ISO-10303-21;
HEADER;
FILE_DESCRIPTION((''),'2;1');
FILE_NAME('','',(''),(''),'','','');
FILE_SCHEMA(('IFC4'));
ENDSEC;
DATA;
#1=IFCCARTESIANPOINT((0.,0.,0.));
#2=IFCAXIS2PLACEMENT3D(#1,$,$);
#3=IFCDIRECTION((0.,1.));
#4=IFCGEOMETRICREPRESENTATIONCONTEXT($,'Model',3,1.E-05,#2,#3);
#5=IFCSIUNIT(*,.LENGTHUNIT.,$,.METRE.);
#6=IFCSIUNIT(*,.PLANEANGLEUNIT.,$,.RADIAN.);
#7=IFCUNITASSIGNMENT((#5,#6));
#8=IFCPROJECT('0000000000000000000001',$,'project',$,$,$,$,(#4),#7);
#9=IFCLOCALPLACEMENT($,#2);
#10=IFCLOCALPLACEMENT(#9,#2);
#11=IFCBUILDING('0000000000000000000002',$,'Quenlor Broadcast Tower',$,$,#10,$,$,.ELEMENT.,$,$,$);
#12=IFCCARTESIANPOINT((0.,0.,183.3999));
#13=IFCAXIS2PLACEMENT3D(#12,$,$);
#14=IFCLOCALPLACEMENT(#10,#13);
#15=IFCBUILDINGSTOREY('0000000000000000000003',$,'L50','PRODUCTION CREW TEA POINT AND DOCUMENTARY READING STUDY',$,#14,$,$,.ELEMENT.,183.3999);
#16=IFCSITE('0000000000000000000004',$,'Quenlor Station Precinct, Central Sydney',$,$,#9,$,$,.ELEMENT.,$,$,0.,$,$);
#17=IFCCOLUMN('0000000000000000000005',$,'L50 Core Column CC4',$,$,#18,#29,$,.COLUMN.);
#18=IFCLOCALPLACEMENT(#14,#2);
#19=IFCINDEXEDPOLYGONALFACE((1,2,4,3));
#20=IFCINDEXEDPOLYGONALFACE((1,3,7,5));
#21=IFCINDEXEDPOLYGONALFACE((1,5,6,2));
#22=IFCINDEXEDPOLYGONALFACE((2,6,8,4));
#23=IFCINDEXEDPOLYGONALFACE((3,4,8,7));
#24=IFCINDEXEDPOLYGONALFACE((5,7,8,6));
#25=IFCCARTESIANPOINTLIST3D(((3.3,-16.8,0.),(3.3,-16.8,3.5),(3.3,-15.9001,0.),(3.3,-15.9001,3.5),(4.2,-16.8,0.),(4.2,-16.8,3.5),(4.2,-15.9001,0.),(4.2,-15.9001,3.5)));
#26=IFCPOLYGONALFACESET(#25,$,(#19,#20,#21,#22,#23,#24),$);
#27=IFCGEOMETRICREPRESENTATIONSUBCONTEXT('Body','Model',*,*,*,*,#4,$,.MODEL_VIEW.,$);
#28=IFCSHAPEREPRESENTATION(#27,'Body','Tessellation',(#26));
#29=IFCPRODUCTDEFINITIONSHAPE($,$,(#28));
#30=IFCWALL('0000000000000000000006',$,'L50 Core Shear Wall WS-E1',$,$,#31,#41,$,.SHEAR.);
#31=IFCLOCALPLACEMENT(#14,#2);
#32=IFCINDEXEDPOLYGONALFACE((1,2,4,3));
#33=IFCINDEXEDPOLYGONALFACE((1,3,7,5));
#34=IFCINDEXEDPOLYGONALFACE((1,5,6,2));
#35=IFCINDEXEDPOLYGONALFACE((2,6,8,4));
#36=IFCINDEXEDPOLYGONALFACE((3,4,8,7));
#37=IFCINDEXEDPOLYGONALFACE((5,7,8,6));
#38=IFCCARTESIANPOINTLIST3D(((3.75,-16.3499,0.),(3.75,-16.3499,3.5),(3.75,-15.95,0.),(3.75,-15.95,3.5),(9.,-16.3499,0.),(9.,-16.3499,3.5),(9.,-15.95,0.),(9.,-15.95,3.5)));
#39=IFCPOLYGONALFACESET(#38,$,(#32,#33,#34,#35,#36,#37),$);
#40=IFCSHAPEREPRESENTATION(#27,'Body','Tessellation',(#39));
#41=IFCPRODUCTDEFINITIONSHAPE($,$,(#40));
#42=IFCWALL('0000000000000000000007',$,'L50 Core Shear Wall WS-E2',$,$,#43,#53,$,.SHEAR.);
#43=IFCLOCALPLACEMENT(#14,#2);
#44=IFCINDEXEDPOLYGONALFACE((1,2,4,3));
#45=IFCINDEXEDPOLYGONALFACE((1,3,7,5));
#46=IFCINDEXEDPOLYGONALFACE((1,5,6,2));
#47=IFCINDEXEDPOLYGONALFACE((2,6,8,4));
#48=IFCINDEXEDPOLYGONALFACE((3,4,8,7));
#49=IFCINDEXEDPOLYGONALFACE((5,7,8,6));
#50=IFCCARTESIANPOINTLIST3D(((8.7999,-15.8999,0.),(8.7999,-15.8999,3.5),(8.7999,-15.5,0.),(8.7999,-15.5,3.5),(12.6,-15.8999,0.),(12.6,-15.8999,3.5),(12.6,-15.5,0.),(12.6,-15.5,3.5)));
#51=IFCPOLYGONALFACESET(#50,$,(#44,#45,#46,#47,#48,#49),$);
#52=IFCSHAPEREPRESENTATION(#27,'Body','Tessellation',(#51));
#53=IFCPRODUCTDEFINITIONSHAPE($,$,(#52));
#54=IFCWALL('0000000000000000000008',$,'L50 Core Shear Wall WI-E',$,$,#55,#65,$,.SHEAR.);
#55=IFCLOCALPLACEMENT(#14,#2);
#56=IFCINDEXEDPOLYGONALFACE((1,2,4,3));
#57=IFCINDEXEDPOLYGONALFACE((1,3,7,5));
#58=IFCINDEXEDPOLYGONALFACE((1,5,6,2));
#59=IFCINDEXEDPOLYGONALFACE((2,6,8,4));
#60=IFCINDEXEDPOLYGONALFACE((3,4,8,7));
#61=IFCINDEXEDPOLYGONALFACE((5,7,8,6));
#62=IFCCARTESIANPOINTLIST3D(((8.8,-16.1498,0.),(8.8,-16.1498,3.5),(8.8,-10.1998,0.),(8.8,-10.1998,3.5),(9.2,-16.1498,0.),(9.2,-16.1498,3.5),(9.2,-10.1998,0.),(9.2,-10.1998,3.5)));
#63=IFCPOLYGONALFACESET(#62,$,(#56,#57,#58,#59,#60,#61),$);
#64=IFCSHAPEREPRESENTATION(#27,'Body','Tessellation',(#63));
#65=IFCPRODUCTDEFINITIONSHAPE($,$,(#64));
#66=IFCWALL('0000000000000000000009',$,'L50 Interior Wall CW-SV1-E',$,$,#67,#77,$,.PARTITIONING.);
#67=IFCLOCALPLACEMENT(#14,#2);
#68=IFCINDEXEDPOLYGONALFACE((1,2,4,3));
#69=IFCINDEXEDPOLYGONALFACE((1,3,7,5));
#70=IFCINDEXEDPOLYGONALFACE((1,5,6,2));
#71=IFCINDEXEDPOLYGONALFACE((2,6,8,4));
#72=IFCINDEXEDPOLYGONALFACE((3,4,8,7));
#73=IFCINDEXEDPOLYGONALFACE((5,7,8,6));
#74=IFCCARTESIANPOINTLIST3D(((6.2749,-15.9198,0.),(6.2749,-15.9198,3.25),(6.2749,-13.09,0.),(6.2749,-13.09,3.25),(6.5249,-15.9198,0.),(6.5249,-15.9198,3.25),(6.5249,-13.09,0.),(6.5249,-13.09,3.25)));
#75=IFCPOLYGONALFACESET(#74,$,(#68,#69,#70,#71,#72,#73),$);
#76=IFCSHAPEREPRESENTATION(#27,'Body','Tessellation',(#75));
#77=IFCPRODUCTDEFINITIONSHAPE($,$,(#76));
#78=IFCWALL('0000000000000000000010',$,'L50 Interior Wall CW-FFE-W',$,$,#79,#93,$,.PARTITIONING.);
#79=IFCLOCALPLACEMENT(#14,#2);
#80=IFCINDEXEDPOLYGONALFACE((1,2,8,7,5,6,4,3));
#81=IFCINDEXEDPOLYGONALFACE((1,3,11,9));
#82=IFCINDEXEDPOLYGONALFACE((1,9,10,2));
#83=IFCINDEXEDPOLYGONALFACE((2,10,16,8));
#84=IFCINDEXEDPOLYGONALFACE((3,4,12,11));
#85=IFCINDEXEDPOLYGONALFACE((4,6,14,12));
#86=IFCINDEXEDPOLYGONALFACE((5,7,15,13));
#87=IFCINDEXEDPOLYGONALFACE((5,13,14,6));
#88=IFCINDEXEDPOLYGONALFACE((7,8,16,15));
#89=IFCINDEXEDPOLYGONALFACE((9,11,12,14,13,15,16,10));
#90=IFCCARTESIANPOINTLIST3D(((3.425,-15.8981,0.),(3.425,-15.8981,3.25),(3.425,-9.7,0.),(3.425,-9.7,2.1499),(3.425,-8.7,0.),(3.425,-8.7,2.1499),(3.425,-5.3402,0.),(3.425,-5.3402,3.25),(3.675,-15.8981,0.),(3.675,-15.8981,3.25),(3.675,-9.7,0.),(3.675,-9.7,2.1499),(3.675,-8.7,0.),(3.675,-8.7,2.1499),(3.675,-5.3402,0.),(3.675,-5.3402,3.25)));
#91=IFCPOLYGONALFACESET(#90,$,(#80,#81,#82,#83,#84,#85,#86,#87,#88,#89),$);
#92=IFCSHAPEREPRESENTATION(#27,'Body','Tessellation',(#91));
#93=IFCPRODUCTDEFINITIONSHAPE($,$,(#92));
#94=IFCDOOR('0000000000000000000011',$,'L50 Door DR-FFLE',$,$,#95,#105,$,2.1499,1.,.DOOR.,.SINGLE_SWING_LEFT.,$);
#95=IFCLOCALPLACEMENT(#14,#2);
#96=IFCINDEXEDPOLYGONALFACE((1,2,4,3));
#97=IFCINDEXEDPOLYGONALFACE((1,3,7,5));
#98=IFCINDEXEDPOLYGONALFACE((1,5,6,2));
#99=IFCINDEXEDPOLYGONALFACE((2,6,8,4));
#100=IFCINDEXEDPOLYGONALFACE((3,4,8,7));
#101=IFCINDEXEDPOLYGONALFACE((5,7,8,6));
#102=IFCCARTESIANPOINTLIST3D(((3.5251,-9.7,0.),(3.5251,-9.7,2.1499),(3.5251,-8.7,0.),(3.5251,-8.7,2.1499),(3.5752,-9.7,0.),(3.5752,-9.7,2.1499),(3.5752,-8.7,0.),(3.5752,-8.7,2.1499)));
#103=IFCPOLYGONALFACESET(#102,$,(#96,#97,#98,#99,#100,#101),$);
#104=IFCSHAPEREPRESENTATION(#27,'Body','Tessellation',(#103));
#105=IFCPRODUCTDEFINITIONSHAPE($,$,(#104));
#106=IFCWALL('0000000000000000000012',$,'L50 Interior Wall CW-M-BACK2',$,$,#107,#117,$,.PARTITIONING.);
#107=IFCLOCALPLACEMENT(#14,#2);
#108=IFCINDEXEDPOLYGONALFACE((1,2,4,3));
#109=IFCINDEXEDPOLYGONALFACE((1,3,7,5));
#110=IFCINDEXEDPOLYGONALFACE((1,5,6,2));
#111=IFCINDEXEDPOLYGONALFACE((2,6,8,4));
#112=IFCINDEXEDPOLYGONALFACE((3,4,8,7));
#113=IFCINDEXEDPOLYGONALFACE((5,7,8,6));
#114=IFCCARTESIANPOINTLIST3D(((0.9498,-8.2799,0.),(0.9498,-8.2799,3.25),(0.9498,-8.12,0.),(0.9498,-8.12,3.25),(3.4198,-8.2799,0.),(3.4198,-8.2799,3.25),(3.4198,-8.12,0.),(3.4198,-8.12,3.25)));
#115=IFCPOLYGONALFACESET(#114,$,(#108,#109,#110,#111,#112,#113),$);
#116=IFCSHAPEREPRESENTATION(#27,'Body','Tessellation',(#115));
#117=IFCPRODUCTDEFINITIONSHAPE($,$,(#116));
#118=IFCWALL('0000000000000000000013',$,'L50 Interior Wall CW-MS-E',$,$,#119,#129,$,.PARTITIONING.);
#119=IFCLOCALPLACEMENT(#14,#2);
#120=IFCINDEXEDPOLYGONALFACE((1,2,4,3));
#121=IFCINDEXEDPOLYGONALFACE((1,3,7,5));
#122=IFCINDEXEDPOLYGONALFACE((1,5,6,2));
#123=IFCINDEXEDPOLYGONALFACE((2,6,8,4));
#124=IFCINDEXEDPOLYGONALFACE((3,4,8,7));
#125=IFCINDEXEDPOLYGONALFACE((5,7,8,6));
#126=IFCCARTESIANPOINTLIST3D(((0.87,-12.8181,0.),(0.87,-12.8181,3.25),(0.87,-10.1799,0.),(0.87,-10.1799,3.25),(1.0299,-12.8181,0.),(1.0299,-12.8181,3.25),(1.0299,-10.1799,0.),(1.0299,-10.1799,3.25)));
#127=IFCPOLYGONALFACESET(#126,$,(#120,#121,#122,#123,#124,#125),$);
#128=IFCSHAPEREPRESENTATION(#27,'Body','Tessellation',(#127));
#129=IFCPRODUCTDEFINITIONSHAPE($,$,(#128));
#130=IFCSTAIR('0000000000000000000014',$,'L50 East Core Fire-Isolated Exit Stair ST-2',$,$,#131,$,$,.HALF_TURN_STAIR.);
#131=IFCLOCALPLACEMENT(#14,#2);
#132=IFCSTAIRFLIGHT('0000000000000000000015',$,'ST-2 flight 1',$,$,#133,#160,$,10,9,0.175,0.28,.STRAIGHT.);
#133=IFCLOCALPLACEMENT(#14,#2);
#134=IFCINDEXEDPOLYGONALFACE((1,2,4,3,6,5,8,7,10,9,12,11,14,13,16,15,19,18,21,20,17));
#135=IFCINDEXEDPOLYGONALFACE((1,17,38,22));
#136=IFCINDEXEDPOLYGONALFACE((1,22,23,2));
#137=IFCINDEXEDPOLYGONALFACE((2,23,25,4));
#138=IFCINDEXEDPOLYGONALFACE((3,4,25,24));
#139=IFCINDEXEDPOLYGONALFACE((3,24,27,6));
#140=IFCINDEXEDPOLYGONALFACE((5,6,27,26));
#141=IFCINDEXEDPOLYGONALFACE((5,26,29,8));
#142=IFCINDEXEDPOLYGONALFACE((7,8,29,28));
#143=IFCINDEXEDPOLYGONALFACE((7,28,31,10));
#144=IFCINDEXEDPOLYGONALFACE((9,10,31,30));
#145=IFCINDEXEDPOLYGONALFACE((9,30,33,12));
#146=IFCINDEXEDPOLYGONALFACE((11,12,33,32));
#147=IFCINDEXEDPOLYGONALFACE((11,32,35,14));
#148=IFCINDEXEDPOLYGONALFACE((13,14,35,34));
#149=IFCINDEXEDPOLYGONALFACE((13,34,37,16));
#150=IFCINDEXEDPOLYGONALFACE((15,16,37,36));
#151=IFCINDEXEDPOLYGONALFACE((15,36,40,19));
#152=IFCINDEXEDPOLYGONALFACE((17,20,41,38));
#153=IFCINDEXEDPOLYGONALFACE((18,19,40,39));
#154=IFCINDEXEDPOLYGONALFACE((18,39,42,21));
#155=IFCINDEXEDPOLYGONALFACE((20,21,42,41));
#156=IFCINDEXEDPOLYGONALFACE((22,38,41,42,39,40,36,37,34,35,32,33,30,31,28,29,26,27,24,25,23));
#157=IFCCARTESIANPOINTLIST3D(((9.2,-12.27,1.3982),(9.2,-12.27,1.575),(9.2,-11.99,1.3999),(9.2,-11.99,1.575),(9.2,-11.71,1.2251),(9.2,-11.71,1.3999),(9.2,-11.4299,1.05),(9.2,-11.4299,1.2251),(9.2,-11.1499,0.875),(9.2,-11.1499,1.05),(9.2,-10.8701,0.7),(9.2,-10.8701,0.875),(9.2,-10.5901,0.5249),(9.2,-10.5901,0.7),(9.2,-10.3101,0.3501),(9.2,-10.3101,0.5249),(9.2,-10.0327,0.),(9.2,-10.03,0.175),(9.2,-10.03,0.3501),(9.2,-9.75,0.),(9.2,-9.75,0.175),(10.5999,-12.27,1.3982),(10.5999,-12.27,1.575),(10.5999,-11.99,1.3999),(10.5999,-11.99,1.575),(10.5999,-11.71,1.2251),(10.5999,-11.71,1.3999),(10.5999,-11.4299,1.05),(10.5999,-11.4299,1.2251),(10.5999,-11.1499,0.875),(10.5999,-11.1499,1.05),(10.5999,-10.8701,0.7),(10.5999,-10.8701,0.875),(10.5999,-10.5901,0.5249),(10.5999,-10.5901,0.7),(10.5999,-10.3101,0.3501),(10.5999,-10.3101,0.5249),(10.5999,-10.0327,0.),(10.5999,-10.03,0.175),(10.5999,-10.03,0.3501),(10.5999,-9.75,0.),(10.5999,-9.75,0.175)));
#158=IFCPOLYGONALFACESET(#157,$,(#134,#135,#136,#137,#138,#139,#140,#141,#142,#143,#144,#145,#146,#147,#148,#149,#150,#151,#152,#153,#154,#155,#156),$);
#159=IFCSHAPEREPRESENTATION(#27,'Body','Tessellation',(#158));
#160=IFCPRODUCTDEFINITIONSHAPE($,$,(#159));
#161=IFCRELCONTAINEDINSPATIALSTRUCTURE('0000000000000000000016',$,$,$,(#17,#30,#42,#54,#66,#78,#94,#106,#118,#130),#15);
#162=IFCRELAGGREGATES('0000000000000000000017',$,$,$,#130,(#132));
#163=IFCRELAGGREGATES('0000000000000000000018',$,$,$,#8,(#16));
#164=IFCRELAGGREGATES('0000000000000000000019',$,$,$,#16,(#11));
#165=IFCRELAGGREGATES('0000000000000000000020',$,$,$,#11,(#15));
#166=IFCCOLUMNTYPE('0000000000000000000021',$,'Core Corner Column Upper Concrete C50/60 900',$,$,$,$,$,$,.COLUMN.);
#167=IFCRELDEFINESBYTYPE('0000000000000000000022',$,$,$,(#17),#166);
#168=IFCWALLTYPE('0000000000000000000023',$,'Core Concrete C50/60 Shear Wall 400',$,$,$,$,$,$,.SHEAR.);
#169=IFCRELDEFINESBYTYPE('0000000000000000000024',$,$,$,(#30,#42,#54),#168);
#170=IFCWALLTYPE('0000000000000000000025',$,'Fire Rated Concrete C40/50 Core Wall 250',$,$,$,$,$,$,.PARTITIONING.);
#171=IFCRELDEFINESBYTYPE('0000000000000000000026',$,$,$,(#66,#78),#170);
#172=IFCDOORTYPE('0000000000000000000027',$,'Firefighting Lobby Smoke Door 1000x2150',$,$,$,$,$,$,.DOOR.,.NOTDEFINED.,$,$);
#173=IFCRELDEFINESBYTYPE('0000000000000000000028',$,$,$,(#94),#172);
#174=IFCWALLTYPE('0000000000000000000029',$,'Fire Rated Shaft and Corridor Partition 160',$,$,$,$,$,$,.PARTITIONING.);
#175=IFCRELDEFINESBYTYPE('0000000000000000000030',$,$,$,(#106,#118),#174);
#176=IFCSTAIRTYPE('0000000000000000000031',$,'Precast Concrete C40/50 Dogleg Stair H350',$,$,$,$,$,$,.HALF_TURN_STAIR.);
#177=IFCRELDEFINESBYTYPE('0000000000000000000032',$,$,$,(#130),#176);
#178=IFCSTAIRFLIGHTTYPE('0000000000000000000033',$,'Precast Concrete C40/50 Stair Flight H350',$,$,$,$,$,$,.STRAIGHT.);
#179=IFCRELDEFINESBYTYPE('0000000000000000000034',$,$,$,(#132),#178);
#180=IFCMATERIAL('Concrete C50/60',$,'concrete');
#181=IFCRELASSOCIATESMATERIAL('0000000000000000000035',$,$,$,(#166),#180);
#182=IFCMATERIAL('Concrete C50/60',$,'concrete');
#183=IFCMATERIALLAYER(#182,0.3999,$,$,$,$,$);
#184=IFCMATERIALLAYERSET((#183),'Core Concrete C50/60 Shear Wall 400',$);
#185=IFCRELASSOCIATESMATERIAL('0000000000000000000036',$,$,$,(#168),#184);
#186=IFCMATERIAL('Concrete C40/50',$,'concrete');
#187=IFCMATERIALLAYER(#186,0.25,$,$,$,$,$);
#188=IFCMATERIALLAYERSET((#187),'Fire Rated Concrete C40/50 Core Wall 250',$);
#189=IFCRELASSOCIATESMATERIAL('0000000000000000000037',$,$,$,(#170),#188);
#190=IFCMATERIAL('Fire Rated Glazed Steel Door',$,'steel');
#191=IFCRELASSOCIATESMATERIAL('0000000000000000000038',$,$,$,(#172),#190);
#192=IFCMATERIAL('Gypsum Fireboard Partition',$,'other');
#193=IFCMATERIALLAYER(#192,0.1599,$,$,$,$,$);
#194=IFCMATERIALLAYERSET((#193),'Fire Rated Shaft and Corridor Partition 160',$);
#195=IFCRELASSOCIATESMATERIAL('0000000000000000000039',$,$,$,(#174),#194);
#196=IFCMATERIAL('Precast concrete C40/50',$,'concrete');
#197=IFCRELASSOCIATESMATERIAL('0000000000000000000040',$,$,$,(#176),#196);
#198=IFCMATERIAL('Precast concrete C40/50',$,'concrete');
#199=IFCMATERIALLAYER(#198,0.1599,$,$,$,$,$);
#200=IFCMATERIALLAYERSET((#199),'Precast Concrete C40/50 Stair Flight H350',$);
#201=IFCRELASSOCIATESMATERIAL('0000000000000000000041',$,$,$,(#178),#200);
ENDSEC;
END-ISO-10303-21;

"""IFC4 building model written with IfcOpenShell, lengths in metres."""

from ifc_helpers import new_model, si_unit, direction, frame, frame_2d, origin, origin_2d, place, context, subcontext, project, spatial, polyline, rectangle, outline, extrude, material, layer, layer_set, material_profile, profile_set, type_object, element, fill, aggregate, save


model = new_model("IFC4")

# Units and contexts
model_context = context("Model", 3, precision=1e-05, world=origin(), true_north=direction((0.0, 1.0)))
body_context = subcontext(model_context, "Body", "Model", "MODEL_VIEW")
ifc_project = project(units=[si_unit("LENGTHUNIT", "METRE"), si_unit("PLANEANGLEUNIT", "RADIAN")], contexts=[model_context])

# Site, building, storey
site_placement = place(None, origin())
site = spatial("IfcSite", under=ifc_project, at=site_placement, Name="Quenlor Station Precinct, Central Sydney", CompositionType="ELEMENT", RefElevation=0.0)
building_placement = place(site_placement, origin())
building = spatial("IfcBuilding", under=site, at=building_placement, Name="Quenlor Broadcast Tower", CompositionType="ELEMENT")
storey_placement = place(building_placement, frame((0.0, 0.0, 183.3999)))
storey = spatial("IfcBuildingStorey", under=building, at=storey_placement, Name="L50", Description="PRODUCTION CREW TEA POINT AND DOCUMENTARY READING STUDY", CompositionType="ELEMENT", Elevation=183.3999)

# Column
ifc_material_1 = material(Name="Concrete C50/60", Category="concrete")
ifc_material_profile = material_profile(ifc_material_1, rectangle(XDim=0.8999, YDim=0.8999, at=origin_2d()))
ifc_profile_set = profile_set([ifc_material_profile], Name="Concrete C50/60 RC900x900")
column_type = type_object("IfcColumnType", Name="Core Corner Column Upper Concrete C50/60 900", PredefinedType="COLUMN", material=ifc_profile_set)
column_placement = place(storey_placement, frame((3.75, -16.3501, 0.0), z_axis=(0.0, 0.0, 1.0), x_axis=(1.0, 0.0, 0.0)))
element("IfcColumn", 1, at=column_placement, inside=storey, type_object=column_type, Name="L50 Core Column CC4", PredefinedType="COLUMN", context=body_context, shape_type="SweptSolid", body=[
    extrude(rectangle(XDim=0.8999, YDim=0.8999, at=origin_2d()), origin(), (0.0, 0.0, 1.0), 3.5),
])

# Walls
ifc_material_2 = material(Name="Concrete C50/60", Category="concrete")
ifc_layer_1 = layer(ifc_material_2, 0.3999)
ifc_layer_set_1 = layer_set([ifc_layer_1], Name="Core Concrete C50/60 Shear Wall 400")
wall_type_1 = type_object("IfcWallType", Name="Core Concrete C50/60 Shear Wall 400", PredefinedType="SHEAR", material=ifc_layer_set_1)
wall_1_placement = place(storey_placement, frame((3.75, -16.1499, 0.0), z_axis=(0.0, 0.0, 1.0), x_axis=(1.0, 0.0, 0.0)))
element("IfcWall", 2, at=wall_1_placement, inside=storey, type_object=wall_type_1, Name="L50 Core Shear Wall WS-E1", PredefinedType="SHEAR", context=body_context, shape_type="SweptSolid", body=[
    extrude(rectangle(XDim=5.25, YDim=0.3999, at=frame_2d((2.625, 0.0))), origin(), (0.0, 0.0, 1.0), 3.5),
])
wall_2_placement = place(storey_placement, frame((8.8, -15.7, 0.0), z_axis=(0.0, 0.0, 1.0), x_axis=(1.0, 0.0, 0.0)))
element("IfcWall", 3, at=wall_2_placement, inside=storey, type_object=wall_type_1, Name="L50 Core Shear Wall WS-E2", PredefinedType="SHEAR", context=body_context, shape_type="SweptSolid", body=[
    extrude(rectangle(XDim=3.8, YDim=0.3999, at=frame_2d((1.8999, 0.0))), origin(), (0.0, 0.0, 1.0), 3.5),
])
wall_3_placement = place(storey_placement, frame((9.0, -16.1499, 0.0), z_axis=(0.0, 0.0, 1.0), x_axis=(0.0, 1.0, 0.0)))
element("IfcWall", 4, at=wall_3_placement, inside=storey, type_object=wall_type_1, Name="L50 Core Shear Wall WI-E", PredefinedType="SHEAR", context=body_context, shape_type="SweptSolid", body=[
    extrude(rectangle(XDim=5.95, YDim=0.3999, at=frame_2d((2.9751, 0.0))), origin(), (0.0, 0.0, 1.0), 3.5),
])

# Shared definitions
ifc_material_3 = material(Name="Concrete C40/50", Category="concrete")
ifc_layer_2 = layer(ifc_material_3, 0.25)
ifc_layer_set_2 = layer_set([ifc_layer_2], Name="Fire Rated Concrete C40/50 Core Wall 250")
wall_type_2 = type_object("IfcWallType", Name="Fire Rated Concrete C40/50 Core Wall 250", PredefinedType="PARTITIONING", material=ifc_layer_set_2)

# Wall
wall_4_placement = place(storey_placement, frame((6.3999, -15.9199, 0.0), z_axis=(0.0, 0.0, 1.0), x_axis=(0.0, 1.0, 0.0)))
element("IfcWall", 5, at=wall_4_placement, inside=storey, type_object=wall_type_2, Name="L50 Interior Wall CW-SV1-E", PredefinedType="PARTITIONING", context=body_context, shape_type="SweptSolid", body=[
    extrude(rectangle(XDim=2.8298, YDim=0.25, at=frame_2d((1.415, 0.0))), origin(), (0.0, 0.0, 1.0), 3.25),
])

# Wall, opening, door
wall_5_placement = place(storey_placement, frame((3.55, -15.8979, 0.0), z_axis=(0.0, 0.0, 1.0), x_axis=(0.0, 1.0, 0.0)))
wall_5 = element("IfcWall", 6, at=wall_5_placement, inside=storey, type_object=wall_type_2, Name="L50 Interior Wall CW-FFE-W", PredefinedType="PARTITIONING", context=body_context, shape_type="SweptSolid", body=[
    extrude(rectangle(XDim=10.5579, YDim=0.25, at=frame_2d((5.2788, 0.0))), origin(), (0.0, 0.0, 1.0), 3.25),
])
opening_1_placement = place(wall_5_placement, frame((6.198, 0.0, 0.0)))
opening_1 = element("IfcOpeningElement", 7, at=opening_1_placement, cuts=wall_5, PredefinedType="OPENING", context=body_context, shape_type="SweptSolid", body=[
    extrude(rectangle(XDim=1.0, YDim=2.1499, at=frame_2d((0.5, 1.075))), frame((0.0, 0.135, 0.0), z_axis=(0.0, -1.0, 0.0), x_axis=(1.0, 0.0, 0.0)), (0.0, 0.0, 1.0), 0.27),
])
ifc_material_4 = material(Name="Fire Rated Glazed Steel Door", Category="steel")
door_type_1 = type_object("IfcDoorType", Name="Firefighting Lobby Smoke Door 1000x2150", OperationType="NOTDEFINED", PredefinedType="DOOR", material=ifc_material_4)
door_1_placement = place(opening_1_placement, origin())
door_1 = element("IfcDoor", 8, at=door_1_placement, inside=storey, type_object=door_type_1, Name="L50 Door DR-FFLE", OperationType="SINGLE_SWING_LEFT", OverallHeight=2.1499, OverallWidth=1.0, PredefinedType="DOOR", context=body_context, shape_type="SweptSolid", body=[
    extrude(rectangle(XDim=1.0, YDim=2.1499, at=frame_2d((0.5, 1.075))), frame((0.0, 0.0249, 0.0), z_axis=(0.0, -1.0, 0.0), x_axis=(1.0, 0.0, 0.0)), (0.0, 0.0, 1.0), 0.05),
])
fill(opening_1, door_1)

# Walls
ifc_material_5 = material(Name="Gypsum Fireboard Partition", Category="other")
ifc_layer_3 = layer(ifc_material_5, 0.1599)
ifc_layer_set_3 = layer_set([ifc_layer_3], Name="Fire Rated Shaft and Corridor Partition 160")
wall_type_3 = type_object("IfcWallType", Name="Fire Rated Shaft and Corridor Partition 160", PredefinedType="PARTITIONING", material=ifc_layer_set_3)
wall_6_placement = place(storey_placement, frame((0.95, -8.2, 0.0), z_axis=(0.0, 0.0, 1.0), x_axis=(1.0, 0.0, 0.0)))
element("IfcWall", 9, at=wall_6_placement, inside=storey, type_object=wall_type_3, Name="L50 Interior Wall CW-M-BACK2", PredefinedType="PARTITIONING", context=body_context, shape_type="SweptSolid", body=[
    extrude(rectangle(XDim=2.47, YDim=0.1599, at=frame_2d((1.2349, 0.0))), origin(), (0.0, 0.0, 1.0), 3.25),
])
wall_7_placement = place(storey_placement, frame((0.95, -12.8181, 0.0), z_axis=(0.0, 0.0, 1.0), x_axis=(0.0, 1.0, 0.0)))
element("IfcWall", 10, at=wall_7_placement, inside=storey, type_object=wall_type_3, Name="L50 Interior Wall CW-MS-E", PredefinedType="PARTITIONING", context=body_context, shape_type="SweptSolid", body=[
    extrude(rectangle(XDim=2.6382, YDim=0.1599, at=frame_2d((1.3191, 0.0))), origin(), (0.0, 0.0, 1.0), 3.25),
])

# Stair, stair flight
ifc_material_6 = material(Name="Precast concrete C40/50", Category="concrete")
stair_type = type_object("IfcStairType", Name="Precast Concrete C40/50 Dogleg Stair H350", PredefinedType="HALF_TURN_STAIR", material=ifc_material_6)
stair_placement = place(storey_placement, origin())
stair = element("IfcStair", 11, at=stair_placement, inside=storey, type_object=stair_type, Name="L50 East Core Fire-Isolated Exit Stair ST-2", PredefinedType="HALF_TURN_STAIR")
ifc_material_7 = material(Name="Precast concrete C40/50", Category="concrete")
ifc_layer_4 = layer(ifc_material_7, 0.1599)
ifc_layer_set_4 = layer_set([ifc_layer_4], Name="Precast Concrete C40/50 Stair Flight H350")
stair_flight_type = type_object("IfcStairFlightType", Name="Precast Concrete C40/50 Stair Flight H350", PredefinedType="STRAIGHT", material=ifc_layer_set_4)
stair_flight_placement = place(storey_placement, frame((9.8999, -9.75, 0.0), z_axis=(0.0, 0.0, 1.0), x_axis=(0.0, -1.0, 0.0)))
stair_flight = element("IfcStairFlight", 12, at=stair_flight_placement, type_object=stair_flight_type, Name="ST-2 flight 1", NumberOfRisers=10, NumberOfTreads=9, PredefinedType="STRAIGHT", RiserHeight=0.175, TreadLength=0.28, context=body_context, shape_type="SweptSolid", body=[
    extrude(outline(polyline([(0.0, 0.0), (0.0, 0.175), (0.28, 0.175), (0.28, 0.3501), (0.5601, 0.3501), (0.5601, 0.5249), (0.8401, 0.5249), (0.8401, 0.7), (1.1201, 0.7), (1.1201, 0.875), (1.3999, 0.875), (1.3999, 1.05), (1.6799, 1.05), (1.6799, 1.2251), (1.96, 1.2251), (1.96, 1.3999), (2.24, 1.3999), (2.24, 1.575), (2.52, 1.575), (2.52, 1.75), (2.52, 1.3982), (0.2827, 0.0), (0.0, 0.0)])), frame((0.0, 0.7, 0.0), z_axis=(0.0, -1.0, 0.0), x_axis=(1.0, 0.0, 0.0)), (0.0, 0.0, 1.0), 1.3999),
])
aggregate(stair, [stair_flight])

save(model, "model.ifc")
